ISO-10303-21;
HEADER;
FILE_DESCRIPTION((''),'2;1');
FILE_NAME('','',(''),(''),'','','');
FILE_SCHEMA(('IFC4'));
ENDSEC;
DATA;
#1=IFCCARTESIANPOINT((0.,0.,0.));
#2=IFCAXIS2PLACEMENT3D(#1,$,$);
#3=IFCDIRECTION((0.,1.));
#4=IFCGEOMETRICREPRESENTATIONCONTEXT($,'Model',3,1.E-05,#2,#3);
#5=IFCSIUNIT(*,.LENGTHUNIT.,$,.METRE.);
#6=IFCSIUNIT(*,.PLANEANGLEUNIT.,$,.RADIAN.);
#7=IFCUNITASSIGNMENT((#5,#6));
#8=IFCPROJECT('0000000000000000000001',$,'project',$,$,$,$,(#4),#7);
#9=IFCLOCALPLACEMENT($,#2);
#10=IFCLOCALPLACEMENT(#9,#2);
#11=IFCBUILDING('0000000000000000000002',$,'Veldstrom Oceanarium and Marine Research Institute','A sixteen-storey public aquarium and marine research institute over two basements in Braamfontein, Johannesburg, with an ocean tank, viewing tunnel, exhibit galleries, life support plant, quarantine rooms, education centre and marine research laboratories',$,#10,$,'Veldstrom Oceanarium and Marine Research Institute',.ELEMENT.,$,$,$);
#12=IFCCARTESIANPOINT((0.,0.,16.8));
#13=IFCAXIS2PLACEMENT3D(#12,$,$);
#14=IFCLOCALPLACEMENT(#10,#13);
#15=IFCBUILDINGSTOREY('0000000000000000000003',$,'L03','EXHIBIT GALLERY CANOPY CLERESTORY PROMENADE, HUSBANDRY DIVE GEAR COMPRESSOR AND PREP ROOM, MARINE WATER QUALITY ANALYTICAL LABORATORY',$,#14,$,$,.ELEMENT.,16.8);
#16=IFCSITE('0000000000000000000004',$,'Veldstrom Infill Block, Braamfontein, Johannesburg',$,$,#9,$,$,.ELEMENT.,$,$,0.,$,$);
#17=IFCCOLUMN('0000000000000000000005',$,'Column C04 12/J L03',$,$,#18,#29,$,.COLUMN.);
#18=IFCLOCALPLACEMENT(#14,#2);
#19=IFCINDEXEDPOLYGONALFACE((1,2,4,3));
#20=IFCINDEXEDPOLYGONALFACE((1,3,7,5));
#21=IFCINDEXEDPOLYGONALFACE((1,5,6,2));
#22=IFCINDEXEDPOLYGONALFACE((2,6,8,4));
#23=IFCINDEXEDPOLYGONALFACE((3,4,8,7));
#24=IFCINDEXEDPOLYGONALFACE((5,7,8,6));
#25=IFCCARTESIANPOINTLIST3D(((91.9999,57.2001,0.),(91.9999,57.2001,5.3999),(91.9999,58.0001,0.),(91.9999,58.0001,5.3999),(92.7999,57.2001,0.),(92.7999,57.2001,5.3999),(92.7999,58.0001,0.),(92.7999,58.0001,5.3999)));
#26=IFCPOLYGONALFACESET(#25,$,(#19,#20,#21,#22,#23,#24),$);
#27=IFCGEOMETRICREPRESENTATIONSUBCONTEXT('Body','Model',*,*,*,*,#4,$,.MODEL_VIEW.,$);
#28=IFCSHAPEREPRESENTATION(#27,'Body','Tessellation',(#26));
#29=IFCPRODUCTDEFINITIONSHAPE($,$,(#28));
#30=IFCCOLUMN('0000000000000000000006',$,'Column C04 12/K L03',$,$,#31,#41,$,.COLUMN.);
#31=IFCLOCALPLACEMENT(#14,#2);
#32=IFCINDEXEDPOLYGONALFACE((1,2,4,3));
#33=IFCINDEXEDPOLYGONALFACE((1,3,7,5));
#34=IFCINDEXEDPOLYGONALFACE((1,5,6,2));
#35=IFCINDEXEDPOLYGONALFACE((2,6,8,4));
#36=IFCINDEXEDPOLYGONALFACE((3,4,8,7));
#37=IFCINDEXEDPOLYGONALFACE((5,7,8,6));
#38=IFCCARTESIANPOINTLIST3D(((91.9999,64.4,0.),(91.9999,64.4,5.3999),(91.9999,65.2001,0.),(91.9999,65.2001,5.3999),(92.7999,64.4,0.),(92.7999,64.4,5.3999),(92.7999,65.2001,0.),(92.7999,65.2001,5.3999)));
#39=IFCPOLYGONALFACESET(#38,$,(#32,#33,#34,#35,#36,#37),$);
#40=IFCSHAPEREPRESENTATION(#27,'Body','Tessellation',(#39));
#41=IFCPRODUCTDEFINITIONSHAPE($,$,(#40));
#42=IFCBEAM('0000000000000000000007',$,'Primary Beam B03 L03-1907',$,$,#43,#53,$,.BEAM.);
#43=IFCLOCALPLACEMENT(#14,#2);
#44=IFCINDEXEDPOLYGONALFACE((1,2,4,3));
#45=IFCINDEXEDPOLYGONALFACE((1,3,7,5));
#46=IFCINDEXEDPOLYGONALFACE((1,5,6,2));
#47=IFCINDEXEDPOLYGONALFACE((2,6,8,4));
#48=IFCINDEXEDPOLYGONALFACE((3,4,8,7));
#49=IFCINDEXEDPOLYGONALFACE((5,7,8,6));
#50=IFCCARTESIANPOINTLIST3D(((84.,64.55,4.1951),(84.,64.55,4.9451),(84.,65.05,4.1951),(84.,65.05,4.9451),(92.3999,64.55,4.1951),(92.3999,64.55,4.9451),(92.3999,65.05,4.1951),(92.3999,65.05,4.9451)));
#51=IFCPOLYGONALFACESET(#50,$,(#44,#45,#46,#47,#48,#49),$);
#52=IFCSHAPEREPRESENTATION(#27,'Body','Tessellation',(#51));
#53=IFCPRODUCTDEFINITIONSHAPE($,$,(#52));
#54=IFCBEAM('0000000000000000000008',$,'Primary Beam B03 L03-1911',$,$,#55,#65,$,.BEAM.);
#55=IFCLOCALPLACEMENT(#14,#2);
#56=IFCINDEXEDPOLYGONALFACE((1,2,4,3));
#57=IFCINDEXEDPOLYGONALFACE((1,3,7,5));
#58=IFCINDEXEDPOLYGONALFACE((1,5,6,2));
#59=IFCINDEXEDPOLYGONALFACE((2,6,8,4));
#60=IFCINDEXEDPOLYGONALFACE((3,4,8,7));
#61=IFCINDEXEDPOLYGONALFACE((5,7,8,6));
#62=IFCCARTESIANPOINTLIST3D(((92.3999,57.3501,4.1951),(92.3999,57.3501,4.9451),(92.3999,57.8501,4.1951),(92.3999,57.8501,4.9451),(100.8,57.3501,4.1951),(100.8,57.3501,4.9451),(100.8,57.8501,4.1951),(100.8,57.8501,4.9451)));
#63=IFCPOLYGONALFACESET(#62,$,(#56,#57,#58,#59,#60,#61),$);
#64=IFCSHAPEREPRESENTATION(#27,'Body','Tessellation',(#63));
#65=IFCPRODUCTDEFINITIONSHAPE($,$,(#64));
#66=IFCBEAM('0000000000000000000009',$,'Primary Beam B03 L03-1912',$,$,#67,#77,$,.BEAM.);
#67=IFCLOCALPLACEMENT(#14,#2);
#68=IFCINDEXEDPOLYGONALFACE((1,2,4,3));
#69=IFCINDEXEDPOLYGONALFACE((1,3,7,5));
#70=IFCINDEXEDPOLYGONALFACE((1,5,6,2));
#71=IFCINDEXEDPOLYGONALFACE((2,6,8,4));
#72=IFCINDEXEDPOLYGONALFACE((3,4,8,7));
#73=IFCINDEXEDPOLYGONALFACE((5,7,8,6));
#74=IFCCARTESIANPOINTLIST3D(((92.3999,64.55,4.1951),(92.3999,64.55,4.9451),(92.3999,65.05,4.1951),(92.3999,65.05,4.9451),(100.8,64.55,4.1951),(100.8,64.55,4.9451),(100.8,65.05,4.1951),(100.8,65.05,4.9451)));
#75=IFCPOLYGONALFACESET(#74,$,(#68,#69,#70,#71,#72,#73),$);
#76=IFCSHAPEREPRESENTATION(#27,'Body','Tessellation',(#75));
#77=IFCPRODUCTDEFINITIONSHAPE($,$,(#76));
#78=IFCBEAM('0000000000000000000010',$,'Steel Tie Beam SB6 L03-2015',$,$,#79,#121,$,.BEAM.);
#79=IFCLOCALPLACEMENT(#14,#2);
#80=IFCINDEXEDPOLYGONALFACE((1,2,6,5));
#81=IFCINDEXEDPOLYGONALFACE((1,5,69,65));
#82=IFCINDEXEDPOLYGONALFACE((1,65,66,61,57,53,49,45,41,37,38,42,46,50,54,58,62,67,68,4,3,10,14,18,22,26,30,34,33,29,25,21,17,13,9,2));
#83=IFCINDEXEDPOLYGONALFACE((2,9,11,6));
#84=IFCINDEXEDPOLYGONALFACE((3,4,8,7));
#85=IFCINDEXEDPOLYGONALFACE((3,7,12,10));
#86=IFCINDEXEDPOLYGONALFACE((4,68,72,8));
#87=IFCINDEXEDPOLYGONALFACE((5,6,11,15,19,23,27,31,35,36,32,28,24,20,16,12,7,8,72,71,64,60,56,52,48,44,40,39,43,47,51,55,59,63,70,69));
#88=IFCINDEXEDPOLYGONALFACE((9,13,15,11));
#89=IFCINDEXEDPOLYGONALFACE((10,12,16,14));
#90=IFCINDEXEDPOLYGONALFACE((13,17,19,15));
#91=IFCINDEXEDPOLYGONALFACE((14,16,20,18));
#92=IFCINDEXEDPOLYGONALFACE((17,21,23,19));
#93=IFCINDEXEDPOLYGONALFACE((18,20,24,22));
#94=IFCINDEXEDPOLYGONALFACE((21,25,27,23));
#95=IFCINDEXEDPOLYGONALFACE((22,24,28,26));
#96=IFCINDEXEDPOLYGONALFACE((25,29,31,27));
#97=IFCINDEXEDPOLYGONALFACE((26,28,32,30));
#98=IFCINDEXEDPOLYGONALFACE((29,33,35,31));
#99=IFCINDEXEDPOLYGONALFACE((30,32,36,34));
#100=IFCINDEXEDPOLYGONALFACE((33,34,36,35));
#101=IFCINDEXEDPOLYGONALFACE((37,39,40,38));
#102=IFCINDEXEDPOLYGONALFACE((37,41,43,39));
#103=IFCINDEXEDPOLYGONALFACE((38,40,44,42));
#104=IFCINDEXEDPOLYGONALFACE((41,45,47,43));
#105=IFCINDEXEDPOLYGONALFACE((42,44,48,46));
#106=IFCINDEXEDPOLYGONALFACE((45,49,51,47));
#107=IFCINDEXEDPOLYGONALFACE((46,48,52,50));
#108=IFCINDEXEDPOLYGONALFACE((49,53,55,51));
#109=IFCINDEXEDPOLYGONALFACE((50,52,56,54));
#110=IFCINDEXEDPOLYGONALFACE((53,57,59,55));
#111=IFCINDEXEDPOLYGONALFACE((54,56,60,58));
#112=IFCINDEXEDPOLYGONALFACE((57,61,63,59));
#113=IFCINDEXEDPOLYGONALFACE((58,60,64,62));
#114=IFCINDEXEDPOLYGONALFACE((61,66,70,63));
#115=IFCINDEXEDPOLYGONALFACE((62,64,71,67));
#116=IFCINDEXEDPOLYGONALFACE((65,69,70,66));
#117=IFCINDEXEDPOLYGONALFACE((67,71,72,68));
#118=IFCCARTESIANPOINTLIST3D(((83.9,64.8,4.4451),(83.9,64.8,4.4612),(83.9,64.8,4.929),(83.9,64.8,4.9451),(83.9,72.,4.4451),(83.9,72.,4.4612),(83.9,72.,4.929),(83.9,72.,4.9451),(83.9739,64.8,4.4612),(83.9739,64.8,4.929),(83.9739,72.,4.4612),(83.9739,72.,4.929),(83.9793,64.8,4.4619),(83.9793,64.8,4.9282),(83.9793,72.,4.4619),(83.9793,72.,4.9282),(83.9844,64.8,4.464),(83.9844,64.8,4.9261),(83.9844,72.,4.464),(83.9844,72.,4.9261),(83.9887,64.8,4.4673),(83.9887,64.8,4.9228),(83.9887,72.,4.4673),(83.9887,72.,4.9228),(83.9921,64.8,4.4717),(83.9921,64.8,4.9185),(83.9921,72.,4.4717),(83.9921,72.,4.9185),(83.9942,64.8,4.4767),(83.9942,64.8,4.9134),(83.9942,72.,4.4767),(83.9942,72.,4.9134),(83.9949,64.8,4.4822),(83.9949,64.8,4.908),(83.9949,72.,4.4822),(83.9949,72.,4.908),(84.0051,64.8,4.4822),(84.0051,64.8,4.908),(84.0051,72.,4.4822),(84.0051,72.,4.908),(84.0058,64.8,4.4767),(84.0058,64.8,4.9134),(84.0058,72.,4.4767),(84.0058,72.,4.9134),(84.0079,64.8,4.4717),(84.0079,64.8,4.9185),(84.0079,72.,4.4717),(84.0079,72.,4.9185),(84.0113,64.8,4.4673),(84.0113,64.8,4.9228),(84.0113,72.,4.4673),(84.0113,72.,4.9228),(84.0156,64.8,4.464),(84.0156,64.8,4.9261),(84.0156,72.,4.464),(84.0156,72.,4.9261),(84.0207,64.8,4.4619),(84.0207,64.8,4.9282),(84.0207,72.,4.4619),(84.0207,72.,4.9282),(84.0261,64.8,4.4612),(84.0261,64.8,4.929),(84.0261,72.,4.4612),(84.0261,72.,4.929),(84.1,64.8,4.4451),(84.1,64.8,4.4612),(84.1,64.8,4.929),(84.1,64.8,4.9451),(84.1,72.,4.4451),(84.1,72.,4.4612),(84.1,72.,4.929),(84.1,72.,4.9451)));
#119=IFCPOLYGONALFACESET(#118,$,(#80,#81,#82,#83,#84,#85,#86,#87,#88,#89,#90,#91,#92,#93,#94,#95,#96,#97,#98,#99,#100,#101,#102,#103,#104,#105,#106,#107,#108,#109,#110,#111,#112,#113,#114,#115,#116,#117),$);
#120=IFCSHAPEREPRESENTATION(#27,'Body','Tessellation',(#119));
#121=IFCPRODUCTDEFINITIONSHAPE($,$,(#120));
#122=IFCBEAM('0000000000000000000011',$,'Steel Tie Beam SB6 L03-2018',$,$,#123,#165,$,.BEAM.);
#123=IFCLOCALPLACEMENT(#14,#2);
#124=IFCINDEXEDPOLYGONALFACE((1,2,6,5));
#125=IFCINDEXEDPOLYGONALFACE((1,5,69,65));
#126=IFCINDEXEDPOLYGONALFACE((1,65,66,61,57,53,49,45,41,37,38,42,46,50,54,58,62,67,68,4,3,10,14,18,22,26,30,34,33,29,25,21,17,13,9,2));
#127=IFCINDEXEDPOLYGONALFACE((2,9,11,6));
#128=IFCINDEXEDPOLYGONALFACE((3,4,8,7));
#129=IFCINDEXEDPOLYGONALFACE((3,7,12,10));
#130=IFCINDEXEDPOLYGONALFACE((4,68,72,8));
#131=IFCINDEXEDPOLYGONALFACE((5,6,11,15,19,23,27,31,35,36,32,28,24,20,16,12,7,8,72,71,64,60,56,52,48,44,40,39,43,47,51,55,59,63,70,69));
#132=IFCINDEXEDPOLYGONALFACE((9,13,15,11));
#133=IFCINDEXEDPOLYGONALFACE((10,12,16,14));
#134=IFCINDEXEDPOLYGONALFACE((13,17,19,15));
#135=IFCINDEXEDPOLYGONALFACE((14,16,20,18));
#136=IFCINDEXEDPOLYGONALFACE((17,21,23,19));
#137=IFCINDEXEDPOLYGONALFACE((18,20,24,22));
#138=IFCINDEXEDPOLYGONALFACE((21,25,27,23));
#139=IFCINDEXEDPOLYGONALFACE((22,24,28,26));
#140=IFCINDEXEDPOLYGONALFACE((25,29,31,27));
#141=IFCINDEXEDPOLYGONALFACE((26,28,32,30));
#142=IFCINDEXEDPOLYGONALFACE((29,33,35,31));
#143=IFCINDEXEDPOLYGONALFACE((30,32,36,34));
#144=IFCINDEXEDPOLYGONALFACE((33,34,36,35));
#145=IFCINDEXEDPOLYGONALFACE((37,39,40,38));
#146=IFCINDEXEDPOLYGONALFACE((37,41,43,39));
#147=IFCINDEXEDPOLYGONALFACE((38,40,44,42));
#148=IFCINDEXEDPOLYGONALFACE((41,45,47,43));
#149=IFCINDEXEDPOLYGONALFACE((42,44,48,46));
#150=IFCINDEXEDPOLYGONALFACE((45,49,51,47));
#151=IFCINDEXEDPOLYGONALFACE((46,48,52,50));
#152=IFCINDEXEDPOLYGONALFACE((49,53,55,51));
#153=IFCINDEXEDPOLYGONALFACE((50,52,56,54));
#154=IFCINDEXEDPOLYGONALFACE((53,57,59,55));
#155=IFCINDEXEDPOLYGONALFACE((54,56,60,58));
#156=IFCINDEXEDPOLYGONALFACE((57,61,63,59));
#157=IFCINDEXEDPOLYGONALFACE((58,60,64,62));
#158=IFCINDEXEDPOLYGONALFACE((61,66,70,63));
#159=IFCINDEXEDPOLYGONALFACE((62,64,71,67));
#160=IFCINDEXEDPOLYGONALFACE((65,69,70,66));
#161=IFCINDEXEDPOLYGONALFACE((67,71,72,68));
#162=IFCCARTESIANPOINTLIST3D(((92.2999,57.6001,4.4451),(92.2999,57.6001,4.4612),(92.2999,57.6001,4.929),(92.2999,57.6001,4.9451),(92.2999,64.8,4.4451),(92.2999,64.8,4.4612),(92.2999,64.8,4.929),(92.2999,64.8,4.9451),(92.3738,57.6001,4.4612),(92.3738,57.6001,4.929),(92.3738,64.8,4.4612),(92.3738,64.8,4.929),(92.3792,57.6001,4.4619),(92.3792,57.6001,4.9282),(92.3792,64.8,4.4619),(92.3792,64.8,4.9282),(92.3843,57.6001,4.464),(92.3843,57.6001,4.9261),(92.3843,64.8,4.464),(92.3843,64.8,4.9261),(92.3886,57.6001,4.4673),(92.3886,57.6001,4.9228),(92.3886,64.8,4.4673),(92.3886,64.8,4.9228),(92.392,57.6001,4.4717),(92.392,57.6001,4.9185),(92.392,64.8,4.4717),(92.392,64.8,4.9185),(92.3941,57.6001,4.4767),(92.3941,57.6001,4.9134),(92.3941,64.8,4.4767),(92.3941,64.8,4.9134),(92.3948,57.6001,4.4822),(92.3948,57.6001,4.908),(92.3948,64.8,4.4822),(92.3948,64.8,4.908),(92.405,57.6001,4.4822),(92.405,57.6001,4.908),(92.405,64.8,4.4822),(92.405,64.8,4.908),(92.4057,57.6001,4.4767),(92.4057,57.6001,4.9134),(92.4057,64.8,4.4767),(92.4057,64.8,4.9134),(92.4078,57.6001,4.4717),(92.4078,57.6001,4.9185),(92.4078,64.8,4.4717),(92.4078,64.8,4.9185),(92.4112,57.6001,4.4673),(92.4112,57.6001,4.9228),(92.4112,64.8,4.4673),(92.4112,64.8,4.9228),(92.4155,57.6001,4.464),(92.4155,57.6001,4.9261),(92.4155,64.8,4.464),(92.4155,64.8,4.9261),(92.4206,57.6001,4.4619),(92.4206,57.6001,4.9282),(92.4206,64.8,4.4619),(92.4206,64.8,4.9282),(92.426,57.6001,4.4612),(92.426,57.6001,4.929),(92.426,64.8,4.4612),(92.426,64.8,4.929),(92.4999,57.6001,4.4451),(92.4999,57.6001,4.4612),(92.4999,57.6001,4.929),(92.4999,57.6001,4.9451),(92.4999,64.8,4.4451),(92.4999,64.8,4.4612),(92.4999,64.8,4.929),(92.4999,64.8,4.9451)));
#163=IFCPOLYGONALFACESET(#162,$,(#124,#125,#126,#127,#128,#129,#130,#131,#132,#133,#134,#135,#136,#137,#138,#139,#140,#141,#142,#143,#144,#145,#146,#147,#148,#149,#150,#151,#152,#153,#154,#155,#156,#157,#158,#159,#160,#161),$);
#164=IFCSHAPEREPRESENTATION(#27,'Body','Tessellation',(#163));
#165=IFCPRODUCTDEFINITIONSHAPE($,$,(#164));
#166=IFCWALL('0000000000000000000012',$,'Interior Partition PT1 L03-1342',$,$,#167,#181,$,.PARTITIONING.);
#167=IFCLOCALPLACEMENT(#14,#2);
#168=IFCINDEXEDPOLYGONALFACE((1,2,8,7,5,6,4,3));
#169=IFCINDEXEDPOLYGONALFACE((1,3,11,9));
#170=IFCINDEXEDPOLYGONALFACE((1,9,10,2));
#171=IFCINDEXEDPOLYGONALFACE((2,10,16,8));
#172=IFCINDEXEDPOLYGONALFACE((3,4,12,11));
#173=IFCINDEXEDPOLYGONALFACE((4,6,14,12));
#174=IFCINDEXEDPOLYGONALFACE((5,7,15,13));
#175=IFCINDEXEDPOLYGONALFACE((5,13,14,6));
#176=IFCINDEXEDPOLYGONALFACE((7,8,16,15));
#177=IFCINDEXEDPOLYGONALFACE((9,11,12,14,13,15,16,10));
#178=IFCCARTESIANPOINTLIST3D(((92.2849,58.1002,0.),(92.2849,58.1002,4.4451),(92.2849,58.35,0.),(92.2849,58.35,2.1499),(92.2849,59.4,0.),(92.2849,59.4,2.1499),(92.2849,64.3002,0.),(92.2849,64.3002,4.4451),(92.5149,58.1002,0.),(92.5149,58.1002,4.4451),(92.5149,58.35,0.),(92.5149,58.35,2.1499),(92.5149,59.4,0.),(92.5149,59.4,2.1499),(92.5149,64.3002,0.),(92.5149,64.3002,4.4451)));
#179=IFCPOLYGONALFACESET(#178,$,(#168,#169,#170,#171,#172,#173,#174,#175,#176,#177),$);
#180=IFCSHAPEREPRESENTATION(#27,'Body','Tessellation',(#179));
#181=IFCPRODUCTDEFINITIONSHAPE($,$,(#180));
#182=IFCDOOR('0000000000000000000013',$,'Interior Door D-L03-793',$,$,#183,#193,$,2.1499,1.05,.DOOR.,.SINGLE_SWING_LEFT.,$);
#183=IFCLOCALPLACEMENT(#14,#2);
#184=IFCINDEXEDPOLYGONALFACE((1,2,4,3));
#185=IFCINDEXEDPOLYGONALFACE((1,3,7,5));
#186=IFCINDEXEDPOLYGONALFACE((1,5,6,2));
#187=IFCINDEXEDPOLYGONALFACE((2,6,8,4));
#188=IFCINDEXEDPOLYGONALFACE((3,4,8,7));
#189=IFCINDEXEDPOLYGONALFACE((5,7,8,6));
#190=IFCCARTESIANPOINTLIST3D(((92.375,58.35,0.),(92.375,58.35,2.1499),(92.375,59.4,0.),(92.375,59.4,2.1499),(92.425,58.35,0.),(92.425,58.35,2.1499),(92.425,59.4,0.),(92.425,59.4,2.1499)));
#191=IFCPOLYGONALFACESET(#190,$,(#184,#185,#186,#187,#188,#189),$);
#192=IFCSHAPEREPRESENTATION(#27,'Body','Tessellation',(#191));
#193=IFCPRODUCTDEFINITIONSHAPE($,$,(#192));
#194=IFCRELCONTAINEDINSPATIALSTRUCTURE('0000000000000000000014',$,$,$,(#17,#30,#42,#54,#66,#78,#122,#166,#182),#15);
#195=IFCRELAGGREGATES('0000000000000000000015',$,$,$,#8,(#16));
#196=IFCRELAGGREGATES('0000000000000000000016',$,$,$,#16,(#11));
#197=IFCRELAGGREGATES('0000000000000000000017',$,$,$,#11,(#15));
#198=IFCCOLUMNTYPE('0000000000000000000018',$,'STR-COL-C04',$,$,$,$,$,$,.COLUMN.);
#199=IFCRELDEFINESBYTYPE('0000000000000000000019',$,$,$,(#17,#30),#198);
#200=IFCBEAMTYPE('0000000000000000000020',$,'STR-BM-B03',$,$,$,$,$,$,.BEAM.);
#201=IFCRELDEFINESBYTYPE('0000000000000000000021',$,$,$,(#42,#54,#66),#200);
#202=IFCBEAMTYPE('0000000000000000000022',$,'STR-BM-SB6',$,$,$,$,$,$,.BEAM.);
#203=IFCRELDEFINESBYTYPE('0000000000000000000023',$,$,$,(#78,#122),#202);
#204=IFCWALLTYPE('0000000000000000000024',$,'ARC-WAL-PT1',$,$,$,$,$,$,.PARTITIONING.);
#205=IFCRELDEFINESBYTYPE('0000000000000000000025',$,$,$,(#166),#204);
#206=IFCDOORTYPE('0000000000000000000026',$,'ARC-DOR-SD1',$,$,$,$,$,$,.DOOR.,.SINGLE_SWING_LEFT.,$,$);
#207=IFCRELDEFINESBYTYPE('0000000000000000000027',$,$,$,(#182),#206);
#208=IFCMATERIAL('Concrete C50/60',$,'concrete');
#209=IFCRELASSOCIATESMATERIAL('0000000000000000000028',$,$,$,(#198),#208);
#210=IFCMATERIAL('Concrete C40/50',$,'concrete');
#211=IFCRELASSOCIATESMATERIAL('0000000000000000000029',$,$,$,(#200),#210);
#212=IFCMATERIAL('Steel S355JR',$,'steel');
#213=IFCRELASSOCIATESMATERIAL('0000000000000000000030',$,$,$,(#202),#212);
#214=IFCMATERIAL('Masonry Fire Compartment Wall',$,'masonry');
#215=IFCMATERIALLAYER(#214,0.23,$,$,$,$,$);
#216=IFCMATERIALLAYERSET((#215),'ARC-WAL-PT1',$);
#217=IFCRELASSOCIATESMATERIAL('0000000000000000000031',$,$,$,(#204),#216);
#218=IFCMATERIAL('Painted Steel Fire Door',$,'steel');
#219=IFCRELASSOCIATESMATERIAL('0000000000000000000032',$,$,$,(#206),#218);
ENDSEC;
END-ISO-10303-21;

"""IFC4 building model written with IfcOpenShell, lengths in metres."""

from ifc_helpers import new_model, si_unit, direction, frame, frame_2d, origin, origin_2d, place, context, subcontext, project, spatial, rectangle, i_section, extrude, material, layer, layer_set, material_profile, profile_set, type_object, element, fill, save


model = new_model("IFC4")

# Units and contexts
model_context = context("Model", 3, precision=1e-05, world=origin(), true_north=direction((0.0, 1.0)))
body_context = subcontext(model_context, "Body", "Model", "MODEL_VIEW")
ifc_project = project(units=[si_unit("LENGTHUNIT", "METRE"), si_unit("PLANEANGLEUNIT", "RADIAN")], contexts=[model_context])

# Site, building, storey
site_placement = place(None, origin())
site = spatial("IfcSite", under=ifc_project, at=site_placement, Name="Veldstrom Infill Block, Braamfontein, Johannesburg", CompositionType="ELEMENT", RefElevation=0.0)
building_placement = place(site_placement, origin())
building = spatial("IfcBuilding", under=site, at=building_placement, Name="Veldstrom Oceanarium and Marine Research Institute", Description="A sixteen-storey public aquarium and marine research institute over two basements in Braamfontein, Johannesburg, with an ocean tank, viewing tunnel, exhibit galleries, life support plant, quarantine rooms, education centre and marine research laboratories", LongName="Veldstrom Oceanarium and Marine Research Institute", CompositionType="ELEMENT")
storey_placement = place(building_placement, frame((0.0, 0.0, 16.8)))
storey = spatial("IfcBuildingStorey", under=building, at=storey_placement, Name="L03", Description="EXHIBIT GALLERY CANOPY CLERESTORY PROMENADE, HUSBANDRY DIVE GEAR COMPRESSOR AND PREP ROOM, MARINE WATER QUALITY ANALYTICAL LABORATORY", CompositionType="ELEMENT", Elevation=16.8)

# Columns
ifc_material_1 = material(Name="Concrete C50/60", Category="concrete")
ifc_material_profile_1 = material_profile(ifc_material_1, rectangle(XDim=0.8, YDim=0.8, at=origin_2d()), Name="RC-COL-800x800")
ifc_profile_set_1 = profile_set([ifc_material_profile_1], Name="Concrete C50/60")
column_type = type_object("IfcColumnType", Name="STR-COL-C04", PredefinedType="COLUMN", material=ifc_profile_set_1)
for number, where, z_axis, x_axis, name in (
    (1, (92.3999, 57.6001, 0.0), (0.0, 0.0, 1.0), (1.0, 0.0, 0.0), "Column C04 12/J L03"),
    (2, (92.3999, 64.8, 0.0), (0.0, 0.0, 1.0), (1.0, 0.0, 0.0), "Column C04 12/K L03"),
):
    element("IfcColumn", number, at=place(storey_placement, frame(where, z_axis=z_axis, x_axis=x_axis)), inside=storey, type_object=column_type, Name=name, PredefinedType="COLUMN", context=body_context, shape_type="SweptSolid", body=[
        extrude(rectangle(XDim=0.8, YDim=0.8, at=origin_2d()), origin(), (0.0, 0.0, 1.0), 5.3999),
    ])

# Beams
ifc_material_2 = material(Name="Concrete C40/50", Category="concrete")
ifc_material_profile_2 = material_profile(ifc_material_2, rectangle(XDim=0.5, YDim=0.75, at=origin_2d()), Name="RC-BM-500x750")
ifc_profile_set_2 = profile_set([ifc_material_profile_2], Name="Concrete C40/50")
beam_type_1 = type_object("IfcBeamType", Name="STR-BM-B03", PredefinedType="BEAM", material=ifc_profile_set_2)
beam_placement = place(storey_placement, frame((84.0, 64.8, 4.5701), z_axis=(1.0, 0.0, 0.0), x_axis=(0.0, 1.0, 0.0)))
element("IfcBeam", 3, at=beam_placement, inside=storey, type_object=beam_type_1, Name="Primary Beam B03 L03-1907", PredefinedType="BEAM", context=body_context, shape_type="SweptSolid", body=[
    extrude(rectangle(XDim=0.5, YDim=0.75, at=origin_2d()), origin(), (0.0, 0.0, 1.0), 8.3999),
])
for number, where, z_axis, x_axis, name in (
    (4, (92.3999, 57.6001, 4.5701), (1.0, 0.0, 0.0), (0.0, 1.0, 0.0), "Primary Beam B03 L03-1911"),
    (5, (92.3999, 64.8, 4.5701), (1.0, 0.0, 0.0), (0.0, 1.0, 0.0), "Primary Beam B03 L03-1912"),
):
    element("IfcBeam", number, at=place(storey_placement, frame(where, z_axis=z_axis, x_axis=x_axis)), inside=storey, type_object=beam_type_1, Name=name, PredefinedType="BEAM", context=body_context, shape_type="SweptSolid", body=[
        extrude(rectangle(XDim=0.5, YDim=0.75, at=origin_2d()), origin(), (0.0, 0.0, 1.0), 8.4001),
    ])
ifc_material_3 = material(Name="Steel S355JR", Category="steel")
ifc_material_profile_3 = material_profile(ifc_material_3, i_section(OverallWidth=0.2, OverallDepth=0.5, WebThickness=0.0103, FlangeThickness=0.0161, FilletRadius=0.021, at=origin_2d()), Name="IPE 500")
ifc_profile_set_3 = profile_set([ifc_material_profile_3], Name="Steel S355JR")
beam_type_2 = type_object("IfcBeamType", Name="STR-BM-SB6", PredefinedType="BEAM", material=ifc_profile_set_3)
for number, where, z_axis, x_axis, name in (
    (6, (84.0, 64.8, 4.6951), (0.0, 1.0, 0.0), (-1.0, 0.0, 0.0), "Steel Tie Beam SB6 L03-2015"),
    (7, (92.3999, 57.6001, 4.6951), (0.0, 1.0, 0.0), (-1.0, 0.0, 0.0), "Steel Tie Beam SB6 L03-2018"),
):
    element("IfcBeam", number, at=place(storey_placement, frame(where, z_axis=z_axis, x_axis=x_axis)), inside=storey, type_object=beam_type_2, Name=name, PredefinedType="BEAM", context=body_context, shape_type="SweptSolid", body=[
        extrude(i_section(OverallWidth=0.2, OverallDepth=0.5, WebThickness=0.0103, FlangeThickness=0.0161, FilletRadius=0.021, at=origin_2d()), origin(), (0.0, 0.0, 1.0), 7.2),
    ])

# Wall, opening, door
ifc_material_4 = material(Name="Masonry Fire Compartment Wall", Category="masonry")
ifc_layer_1 = layer(ifc_material_4, 0.23)
ifc_layer_set_1 = layer_set([ifc_layer_1], Name="ARC-WAL-PT1")
wall_type_1 = type_object("IfcWallType", Name="ARC-WAL-PT1", PredefinedType="PARTITIONING", material=ifc_layer_set_1)
wall_1_placement = place(storey_placement, frame((92.3999, 58.1001, 0.0), z_axis=(0.0, 0.0, 1.0), x_axis=(0.0, 1.0, 0.0)))
wall_1 = element("IfcWall", 8, at=wall_1_placement, inside=storey, type_object=wall_type_1, Name="Interior Partition PT1 L03-1342", PredefinedType="PARTITIONING", context=body_context, shape_type="SweptSolid", body=[
    extrude(rectangle(XDim=6.2, YDim=0.23, at=frame_2d((3.1001, 0.0))), origin(), (0.0, 0.0, 1.0), 4.4451),
])
opening_1_placement = place(wall_1_placement, frame((0.25, 0.0, 0.0)))
opening_1 = element("IfcOpeningElement", 9, at=opening_1_placement, cuts=wall_1, PredefinedType="OPENING", context=body_context, shape_type="SweptSolid", body=[
    extrude(rectangle(XDim=1.05, YDim=2.1499, at=frame_2d((0.5249, 1.075))), frame((0.0, 0.125, 0.0), z_axis=(0.0, -1.0, 0.0), x_axis=(1.0, 0.0, 0.0)), (0.0, 0.0, 1.0), 0.25),
])
ifc_material_5 = material(Name="Painted Steel Fire Door", Category="steel")
door_type_1 = type_object("IfcDoorType", Name="ARC-DOR-SD1", OperationType="SINGLE_SWING_LEFT", PredefinedType="DOOR", material=ifc_material_5)
door_1_placement = place(opening_1_placement, origin())
door_1 = element("IfcDoor", 10, at=door_1_placement, inside=storey, type_object=door_type_1, Name="Interior Door D-L03-793", OperationType="SINGLE_SWING_LEFT", OverallHeight=2.1499, OverallWidth=1.05, PredefinedType="DOOR", context=body_context, shape_type="SweptSolid", body=[
    extrude(rectangle(XDim=1.05, YDim=2.1499, at=frame_2d((0.5249, 1.075))), frame((0.0, 0.0249, 0.0), z_axis=(0.0, -1.0, 0.0), x_axis=(1.0, 0.0, 0.0)), (0.0, 0.0, 1.0), 0.05),
])
fill(opening_1, door_1)

save(model, "model.ifc")
